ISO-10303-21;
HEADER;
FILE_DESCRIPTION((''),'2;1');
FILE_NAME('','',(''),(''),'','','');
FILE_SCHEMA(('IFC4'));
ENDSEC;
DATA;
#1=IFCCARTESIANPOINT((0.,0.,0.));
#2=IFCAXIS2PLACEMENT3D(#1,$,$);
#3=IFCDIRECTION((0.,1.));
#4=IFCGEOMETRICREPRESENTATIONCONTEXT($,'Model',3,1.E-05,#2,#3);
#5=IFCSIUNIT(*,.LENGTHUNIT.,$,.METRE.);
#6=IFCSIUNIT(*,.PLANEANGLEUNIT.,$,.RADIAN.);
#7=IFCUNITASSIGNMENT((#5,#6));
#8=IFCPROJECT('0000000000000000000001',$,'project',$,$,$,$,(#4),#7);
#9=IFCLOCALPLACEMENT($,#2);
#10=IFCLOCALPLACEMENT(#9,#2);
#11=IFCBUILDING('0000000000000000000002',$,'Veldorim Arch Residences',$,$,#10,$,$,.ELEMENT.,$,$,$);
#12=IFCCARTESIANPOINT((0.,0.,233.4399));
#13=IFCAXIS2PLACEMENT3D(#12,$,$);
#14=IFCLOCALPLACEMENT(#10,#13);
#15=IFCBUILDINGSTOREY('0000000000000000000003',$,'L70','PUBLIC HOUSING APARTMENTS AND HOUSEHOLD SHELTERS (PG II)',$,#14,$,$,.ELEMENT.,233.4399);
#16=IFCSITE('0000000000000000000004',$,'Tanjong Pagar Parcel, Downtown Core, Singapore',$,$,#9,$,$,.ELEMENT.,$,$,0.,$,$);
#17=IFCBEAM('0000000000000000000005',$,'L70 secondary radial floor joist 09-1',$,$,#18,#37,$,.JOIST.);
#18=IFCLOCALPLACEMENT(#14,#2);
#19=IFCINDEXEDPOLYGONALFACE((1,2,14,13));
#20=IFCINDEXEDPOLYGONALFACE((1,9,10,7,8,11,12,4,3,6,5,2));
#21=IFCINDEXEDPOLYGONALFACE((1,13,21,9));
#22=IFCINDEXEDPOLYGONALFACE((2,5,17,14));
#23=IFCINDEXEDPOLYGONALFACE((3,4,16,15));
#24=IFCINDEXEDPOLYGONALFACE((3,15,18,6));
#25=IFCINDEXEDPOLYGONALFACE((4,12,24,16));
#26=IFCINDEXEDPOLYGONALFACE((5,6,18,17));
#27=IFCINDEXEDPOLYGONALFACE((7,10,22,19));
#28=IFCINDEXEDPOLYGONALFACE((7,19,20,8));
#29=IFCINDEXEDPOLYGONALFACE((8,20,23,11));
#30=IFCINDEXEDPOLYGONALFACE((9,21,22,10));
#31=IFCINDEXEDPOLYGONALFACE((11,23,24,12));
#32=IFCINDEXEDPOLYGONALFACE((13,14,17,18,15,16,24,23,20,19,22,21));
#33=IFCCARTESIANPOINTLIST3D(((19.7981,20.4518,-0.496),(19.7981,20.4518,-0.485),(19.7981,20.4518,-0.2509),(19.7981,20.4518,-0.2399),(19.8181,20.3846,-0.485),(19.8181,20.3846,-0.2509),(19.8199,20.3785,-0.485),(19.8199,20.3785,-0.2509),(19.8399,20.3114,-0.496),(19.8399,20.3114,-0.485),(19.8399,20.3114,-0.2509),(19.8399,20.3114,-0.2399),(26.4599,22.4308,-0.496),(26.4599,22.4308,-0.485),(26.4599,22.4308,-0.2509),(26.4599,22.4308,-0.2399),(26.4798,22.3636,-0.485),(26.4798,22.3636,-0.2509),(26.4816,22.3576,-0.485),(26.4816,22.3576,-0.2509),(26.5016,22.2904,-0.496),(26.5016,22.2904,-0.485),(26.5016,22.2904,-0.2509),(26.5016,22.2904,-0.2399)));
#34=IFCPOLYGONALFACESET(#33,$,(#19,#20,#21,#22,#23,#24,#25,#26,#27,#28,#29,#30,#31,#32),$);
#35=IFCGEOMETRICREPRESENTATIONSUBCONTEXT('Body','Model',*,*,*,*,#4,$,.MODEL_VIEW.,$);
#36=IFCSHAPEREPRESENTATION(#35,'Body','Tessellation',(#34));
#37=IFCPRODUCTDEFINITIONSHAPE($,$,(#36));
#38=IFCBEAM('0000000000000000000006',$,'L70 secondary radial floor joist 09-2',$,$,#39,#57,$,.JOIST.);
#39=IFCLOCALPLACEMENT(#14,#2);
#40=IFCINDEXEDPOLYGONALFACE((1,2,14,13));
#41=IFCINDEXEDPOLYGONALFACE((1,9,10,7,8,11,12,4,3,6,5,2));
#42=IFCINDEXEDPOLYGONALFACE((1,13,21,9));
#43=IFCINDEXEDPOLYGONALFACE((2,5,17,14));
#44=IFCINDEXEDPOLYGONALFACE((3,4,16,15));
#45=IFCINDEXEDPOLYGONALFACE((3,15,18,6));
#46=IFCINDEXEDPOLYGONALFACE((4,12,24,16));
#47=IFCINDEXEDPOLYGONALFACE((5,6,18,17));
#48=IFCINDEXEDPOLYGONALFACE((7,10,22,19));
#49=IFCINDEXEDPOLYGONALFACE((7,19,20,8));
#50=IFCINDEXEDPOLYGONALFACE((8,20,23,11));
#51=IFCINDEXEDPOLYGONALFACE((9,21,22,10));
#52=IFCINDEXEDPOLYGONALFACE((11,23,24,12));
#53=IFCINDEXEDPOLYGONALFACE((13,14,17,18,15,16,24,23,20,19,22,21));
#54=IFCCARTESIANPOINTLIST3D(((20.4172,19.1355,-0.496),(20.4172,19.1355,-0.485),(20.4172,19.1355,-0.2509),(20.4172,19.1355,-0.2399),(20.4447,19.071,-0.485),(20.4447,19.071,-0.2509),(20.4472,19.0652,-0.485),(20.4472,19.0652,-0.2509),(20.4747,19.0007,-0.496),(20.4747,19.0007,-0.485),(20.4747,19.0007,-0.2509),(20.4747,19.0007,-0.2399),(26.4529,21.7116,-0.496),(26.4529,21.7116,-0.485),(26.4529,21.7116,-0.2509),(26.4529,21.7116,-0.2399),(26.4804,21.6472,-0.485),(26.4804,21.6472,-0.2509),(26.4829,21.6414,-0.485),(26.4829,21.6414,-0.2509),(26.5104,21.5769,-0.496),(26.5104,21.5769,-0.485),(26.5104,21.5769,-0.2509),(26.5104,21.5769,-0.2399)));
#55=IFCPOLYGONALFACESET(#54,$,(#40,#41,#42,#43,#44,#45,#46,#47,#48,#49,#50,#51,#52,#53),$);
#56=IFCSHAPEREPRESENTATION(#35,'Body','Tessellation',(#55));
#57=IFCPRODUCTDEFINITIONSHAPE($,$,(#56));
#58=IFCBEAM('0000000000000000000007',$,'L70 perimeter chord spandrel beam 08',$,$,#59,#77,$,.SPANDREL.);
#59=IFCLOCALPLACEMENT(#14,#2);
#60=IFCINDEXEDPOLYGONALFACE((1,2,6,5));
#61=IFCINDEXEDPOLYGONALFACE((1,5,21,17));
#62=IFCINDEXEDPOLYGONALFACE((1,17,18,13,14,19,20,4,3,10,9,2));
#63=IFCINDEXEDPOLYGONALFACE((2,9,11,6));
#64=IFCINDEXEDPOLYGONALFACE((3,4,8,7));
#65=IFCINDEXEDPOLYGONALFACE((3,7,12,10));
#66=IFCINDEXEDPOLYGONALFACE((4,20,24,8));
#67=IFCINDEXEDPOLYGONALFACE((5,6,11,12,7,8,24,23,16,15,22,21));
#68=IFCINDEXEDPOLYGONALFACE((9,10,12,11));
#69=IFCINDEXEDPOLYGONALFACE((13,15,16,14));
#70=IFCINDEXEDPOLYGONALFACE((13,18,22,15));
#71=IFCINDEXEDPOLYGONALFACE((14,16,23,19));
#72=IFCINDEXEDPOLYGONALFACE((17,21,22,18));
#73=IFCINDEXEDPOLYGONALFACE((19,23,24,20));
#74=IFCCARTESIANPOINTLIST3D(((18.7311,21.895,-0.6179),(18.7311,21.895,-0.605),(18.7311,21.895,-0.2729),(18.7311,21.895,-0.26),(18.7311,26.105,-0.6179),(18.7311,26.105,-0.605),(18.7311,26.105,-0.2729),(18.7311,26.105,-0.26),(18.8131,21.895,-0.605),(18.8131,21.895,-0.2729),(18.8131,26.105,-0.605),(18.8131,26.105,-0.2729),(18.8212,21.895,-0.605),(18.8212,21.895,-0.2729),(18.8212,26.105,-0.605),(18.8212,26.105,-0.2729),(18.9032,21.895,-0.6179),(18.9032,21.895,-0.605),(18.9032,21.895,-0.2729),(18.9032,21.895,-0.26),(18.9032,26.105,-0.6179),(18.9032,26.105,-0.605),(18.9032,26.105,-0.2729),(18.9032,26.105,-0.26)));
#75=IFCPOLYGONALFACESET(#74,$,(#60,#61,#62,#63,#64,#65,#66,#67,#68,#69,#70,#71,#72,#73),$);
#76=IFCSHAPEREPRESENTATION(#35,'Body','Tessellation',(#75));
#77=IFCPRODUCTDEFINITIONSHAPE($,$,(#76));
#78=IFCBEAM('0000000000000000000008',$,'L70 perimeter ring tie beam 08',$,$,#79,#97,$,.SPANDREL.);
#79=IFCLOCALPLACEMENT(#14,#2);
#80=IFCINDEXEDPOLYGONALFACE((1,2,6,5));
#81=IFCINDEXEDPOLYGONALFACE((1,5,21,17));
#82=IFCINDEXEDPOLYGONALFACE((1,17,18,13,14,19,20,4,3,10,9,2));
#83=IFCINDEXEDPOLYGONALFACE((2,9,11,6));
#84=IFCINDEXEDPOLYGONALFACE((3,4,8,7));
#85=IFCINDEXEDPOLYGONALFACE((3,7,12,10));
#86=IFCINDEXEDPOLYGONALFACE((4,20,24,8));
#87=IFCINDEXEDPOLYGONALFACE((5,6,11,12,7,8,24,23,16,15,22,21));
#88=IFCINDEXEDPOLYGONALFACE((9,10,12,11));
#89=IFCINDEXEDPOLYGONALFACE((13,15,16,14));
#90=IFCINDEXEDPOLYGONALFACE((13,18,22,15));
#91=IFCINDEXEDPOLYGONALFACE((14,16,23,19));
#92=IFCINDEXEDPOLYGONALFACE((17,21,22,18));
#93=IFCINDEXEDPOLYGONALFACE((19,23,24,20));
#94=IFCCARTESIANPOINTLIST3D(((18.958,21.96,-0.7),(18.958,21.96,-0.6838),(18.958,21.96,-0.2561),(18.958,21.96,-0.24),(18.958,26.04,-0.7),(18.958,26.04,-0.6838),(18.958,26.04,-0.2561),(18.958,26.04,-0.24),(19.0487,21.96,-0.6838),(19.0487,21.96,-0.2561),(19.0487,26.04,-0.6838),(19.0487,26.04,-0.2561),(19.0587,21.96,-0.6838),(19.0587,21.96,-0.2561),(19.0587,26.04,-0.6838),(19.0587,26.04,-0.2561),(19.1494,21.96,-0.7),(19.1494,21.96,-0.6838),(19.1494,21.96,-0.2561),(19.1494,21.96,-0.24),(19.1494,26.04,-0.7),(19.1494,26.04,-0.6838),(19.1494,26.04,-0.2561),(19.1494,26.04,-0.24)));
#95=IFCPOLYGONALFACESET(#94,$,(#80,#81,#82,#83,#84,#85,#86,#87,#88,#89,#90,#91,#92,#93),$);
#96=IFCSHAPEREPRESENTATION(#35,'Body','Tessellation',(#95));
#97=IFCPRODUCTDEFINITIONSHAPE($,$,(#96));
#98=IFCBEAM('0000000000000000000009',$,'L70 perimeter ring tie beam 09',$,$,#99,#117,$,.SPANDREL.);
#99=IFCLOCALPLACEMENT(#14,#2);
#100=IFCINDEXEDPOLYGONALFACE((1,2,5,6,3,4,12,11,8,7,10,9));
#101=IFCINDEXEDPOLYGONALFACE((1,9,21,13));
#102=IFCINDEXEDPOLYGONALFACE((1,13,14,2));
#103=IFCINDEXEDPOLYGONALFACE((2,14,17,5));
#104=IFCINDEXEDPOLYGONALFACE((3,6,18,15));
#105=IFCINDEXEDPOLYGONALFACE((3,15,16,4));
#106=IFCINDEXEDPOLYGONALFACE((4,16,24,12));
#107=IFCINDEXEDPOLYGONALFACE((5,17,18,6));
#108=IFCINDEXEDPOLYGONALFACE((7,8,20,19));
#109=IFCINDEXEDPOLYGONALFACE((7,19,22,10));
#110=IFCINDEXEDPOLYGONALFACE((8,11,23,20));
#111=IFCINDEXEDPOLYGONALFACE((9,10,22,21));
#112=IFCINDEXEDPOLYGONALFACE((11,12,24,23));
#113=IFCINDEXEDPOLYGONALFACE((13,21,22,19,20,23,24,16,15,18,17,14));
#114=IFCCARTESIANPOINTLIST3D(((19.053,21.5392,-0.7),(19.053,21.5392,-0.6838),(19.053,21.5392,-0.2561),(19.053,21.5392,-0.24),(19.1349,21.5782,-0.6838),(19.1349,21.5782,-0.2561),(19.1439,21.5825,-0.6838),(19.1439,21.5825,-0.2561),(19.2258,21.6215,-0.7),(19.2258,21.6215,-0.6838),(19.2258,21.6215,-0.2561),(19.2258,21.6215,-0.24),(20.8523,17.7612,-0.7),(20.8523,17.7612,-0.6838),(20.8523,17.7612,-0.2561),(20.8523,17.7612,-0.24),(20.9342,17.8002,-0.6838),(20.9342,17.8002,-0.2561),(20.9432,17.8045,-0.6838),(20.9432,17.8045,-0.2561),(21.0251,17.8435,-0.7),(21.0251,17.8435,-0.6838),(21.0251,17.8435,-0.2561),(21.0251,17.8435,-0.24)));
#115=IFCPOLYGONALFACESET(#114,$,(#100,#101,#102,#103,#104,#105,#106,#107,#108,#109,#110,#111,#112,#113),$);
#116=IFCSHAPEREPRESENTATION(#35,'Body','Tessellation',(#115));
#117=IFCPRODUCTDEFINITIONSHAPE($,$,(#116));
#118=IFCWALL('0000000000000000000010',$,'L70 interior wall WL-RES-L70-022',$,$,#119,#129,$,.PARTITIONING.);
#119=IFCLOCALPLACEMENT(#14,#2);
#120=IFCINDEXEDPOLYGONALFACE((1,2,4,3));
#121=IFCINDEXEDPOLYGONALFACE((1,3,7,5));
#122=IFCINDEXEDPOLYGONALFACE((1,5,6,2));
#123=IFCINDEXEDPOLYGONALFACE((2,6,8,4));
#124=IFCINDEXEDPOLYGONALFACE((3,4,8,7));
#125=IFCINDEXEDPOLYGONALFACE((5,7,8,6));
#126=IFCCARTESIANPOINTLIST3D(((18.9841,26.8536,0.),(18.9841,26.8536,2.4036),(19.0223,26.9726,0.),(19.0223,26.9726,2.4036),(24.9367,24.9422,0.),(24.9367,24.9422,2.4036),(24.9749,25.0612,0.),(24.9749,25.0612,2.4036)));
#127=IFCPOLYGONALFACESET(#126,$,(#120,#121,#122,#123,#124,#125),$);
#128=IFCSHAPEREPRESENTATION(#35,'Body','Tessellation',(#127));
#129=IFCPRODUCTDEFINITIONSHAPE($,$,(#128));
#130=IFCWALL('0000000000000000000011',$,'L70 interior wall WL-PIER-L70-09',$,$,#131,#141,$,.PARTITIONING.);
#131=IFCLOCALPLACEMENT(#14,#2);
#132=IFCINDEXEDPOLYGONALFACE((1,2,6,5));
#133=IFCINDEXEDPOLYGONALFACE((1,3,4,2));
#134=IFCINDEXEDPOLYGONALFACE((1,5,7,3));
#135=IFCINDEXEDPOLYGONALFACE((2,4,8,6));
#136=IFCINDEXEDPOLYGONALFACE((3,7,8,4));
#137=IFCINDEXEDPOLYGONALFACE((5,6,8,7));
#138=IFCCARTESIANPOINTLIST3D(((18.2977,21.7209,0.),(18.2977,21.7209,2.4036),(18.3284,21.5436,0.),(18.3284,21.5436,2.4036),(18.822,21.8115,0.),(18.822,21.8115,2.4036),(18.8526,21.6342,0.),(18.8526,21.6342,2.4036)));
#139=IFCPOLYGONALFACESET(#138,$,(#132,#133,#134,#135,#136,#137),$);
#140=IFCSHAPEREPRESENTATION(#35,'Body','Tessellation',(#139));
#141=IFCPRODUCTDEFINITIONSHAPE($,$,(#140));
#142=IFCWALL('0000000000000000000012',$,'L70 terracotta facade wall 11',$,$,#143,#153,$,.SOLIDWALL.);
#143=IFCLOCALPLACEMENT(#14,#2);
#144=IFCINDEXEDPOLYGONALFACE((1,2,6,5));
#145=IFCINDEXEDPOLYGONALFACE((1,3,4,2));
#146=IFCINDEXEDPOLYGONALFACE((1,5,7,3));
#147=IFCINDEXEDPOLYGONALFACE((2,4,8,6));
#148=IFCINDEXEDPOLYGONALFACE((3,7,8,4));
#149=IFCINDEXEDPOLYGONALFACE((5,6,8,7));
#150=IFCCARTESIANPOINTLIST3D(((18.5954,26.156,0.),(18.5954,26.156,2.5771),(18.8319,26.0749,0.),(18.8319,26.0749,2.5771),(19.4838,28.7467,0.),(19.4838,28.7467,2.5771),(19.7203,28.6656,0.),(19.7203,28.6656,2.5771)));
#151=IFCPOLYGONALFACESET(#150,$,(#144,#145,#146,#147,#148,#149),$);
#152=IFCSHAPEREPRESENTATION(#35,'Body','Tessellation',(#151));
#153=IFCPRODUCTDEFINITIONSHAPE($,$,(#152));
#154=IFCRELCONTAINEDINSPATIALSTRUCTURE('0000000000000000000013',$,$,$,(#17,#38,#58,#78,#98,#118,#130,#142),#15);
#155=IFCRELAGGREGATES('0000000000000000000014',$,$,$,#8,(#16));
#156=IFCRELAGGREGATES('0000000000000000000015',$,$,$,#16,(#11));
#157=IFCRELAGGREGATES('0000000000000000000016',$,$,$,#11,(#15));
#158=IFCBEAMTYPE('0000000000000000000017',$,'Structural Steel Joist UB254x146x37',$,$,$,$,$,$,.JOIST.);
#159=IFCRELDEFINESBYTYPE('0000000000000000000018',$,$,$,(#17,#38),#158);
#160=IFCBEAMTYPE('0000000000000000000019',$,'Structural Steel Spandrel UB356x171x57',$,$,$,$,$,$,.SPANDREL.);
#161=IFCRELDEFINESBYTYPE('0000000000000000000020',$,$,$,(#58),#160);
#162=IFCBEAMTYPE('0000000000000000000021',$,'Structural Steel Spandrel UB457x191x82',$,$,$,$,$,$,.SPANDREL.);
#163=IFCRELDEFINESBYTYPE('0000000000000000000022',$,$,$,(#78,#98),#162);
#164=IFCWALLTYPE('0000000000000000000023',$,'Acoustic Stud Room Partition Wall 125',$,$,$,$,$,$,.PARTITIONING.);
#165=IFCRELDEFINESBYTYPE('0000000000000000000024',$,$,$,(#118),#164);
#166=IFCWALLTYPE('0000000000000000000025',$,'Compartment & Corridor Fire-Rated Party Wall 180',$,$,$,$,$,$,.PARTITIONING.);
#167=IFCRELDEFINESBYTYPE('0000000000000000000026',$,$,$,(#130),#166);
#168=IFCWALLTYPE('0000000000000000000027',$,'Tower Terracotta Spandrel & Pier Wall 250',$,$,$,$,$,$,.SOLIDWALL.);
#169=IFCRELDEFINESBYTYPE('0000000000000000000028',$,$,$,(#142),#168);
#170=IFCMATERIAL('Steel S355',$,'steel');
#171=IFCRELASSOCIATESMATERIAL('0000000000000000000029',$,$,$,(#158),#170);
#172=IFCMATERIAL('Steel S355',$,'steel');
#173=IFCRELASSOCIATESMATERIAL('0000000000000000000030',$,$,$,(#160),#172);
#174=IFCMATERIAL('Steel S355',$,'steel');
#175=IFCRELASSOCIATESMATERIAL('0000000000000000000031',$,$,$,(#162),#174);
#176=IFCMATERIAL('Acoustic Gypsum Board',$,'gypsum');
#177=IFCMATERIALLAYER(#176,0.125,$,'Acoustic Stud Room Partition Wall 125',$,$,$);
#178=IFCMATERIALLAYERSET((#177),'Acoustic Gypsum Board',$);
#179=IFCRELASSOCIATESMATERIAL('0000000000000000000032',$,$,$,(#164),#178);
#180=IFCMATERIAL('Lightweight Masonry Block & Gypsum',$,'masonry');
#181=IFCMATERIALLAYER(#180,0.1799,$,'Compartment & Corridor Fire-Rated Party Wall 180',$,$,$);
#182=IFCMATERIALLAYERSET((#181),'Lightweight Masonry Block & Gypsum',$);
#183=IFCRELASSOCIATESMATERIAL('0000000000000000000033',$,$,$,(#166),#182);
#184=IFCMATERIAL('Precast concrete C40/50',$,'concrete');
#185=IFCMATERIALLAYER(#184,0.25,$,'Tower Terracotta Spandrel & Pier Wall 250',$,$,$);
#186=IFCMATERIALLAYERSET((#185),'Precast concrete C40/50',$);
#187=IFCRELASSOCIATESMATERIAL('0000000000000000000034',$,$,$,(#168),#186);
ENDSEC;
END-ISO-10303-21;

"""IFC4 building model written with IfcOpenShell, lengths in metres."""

from ifc_helpers import new_model, si_unit, direction, frame, frame_2d, origin, origin_2d, place, context, subcontext, project, spatial, rectangle, i_section, extrude, material, layer, layer_set, material_profile, profile_set, type_object, element, save


model = new_model("IFC4")

# Units and contexts
model_context = context("Model", 3, precision=1e-05, world=origin(), true_north=direction((0.0, 1.0)))
body_context = subcontext(model_context, "Body", "Model", "MODEL_VIEW")
ifc_project = project(units=[si_unit("LENGTHUNIT", "METRE"), si_unit("PLANEANGLEUNIT", "RADIAN")], contexts=[model_context])

# Site, building, storey
site_placement = place(None, origin())
site = spatial("IfcSite", under=ifc_project, at=site_placement, Name="Tanjong Pagar Parcel, Downtown Core, Singapore", CompositionType="ELEMENT", RefElevation=0.0)
building_placement = place(site_placement, origin())
building = spatial("IfcBuilding", under=site, at=building_placement, Name="Veldorim Arch Residences", CompositionType="ELEMENT")
storey_placement = place(building_placement, frame((0.0, 0.0, 233.4399)))
storey = spatial("IfcBuildingStorey", under=building, at=storey_placement, Name="L70", Description="PUBLIC HOUSING APARTMENTS AND HOUSEHOLD SHELTERS (PG II)", CompositionType="ELEMENT", Elevation=233.4399)

# Beams
ifc_material_1 = material(Name="Steel S355", Category="steel")
ifc_material_profile_1 = material_profile(ifc_material_1, i_section(OverallWidth=0.1465, OverallDepth=0.2561, WebThickness=0.0063, FlangeThickness=0.011, at=origin_2d()), Name="UB254x146x37")
ifc_profile_set_1 = profile_set([ifc_material_profile_1], Name="Steel S355")
beam_type_1 = type_object("IfcBeamType", Name="Structural Steel Joist UB254x146x37", PredefinedType="JOIST", material=ifc_profile_set_1)
beam_1_placement = place(storey_placement, frame((26.4807, 22.3606, -0.3679), z_axis=(-0.958594, -0.284775, 0.0), x_axis=(0.284775, -0.958594, 0.0)))
element("IfcBeam", 1, at=beam_1_placement, inside=storey, type_object=beam_type_1, Name="L70 secondary radial floor joist 09-1", PredefinedType="JOIST", context=body_context, shape_type="SweptSolid", body=[
    extrude(i_section(OverallWidth=0.1465, OverallDepth=0.2561, WebThickness=0.0063, FlangeThickness=0.011, at=origin_2d()), origin(), (0.0, 0.0, 1.0), 6.9495),
])
beam_2_placement = place(storey_placement, frame((26.4817, 21.6443, -0.3679), z_axis=(-0.919725, -0.392563, 0.0), x_axis=(0.392563, -0.919725, 0.0)))
element("IfcBeam", 2, at=beam_2_placement, inside=storey, type_object=beam_type_1, Name="L70 secondary radial floor joist 09-2", PredefinedType="JOIST", context=body_context, shape_type="SweptSolid", body=[
    extrude(i_section(OverallWidth=0.1465, OverallDepth=0.2561, WebThickness=0.0063, FlangeThickness=0.011, at=origin_2d()), origin(), (0.0, 0.0, 1.0), 6.5625),
])
ifc_material_2 = material(Name="Steel S355", Category="steel")
ifc_material_profile_2 = material_profile(ifc_material_2, i_section(OverallWidth=0.1721, OverallDepth=0.3579, WebThickness=0.0081, FlangeThickness=0.0129, at=origin_2d()), Name="UB356x171x57")
ifc_profile_set_2 = profile_set([ifc_material_profile_2], Name="Steel S355")
beam_type_2 = type_object("IfcBeamType", Name="Structural Steel Spandrel UB356x171x57", PredefinedType="SPANDREL", material=ifc_profile_set_2)
beam_3_placement = place(storey_placement, frame((18.8171, 26.105, -0.439), z_axis=(0.0, -1.0, 0.0), x_axis=(1.0, 0.0, 0.0)))
element("IfcBeam", 3, at=beam_3_placement, inside=storey, type_object=beam_type_2, Name="L70 perimeter chord spandrel beam 08", PredefinedType="SPANDREL", context=body_context, shape_type="SweptSolid", body=[
    extrude(i_section(OverallWidth=0.1721, OverallDepth=0.3579, WebThickness=0.0081, FlangeThickness=0.0129, at=origin_2d()), origin(), (0.0, 0.0, 1.0), 4.21),
])
ifc_material_3 = material(Name="Steel S355", Category="steel")
ifc_material_profile_3 = material_profile(ifc_material_3, i_section(OverallWidth=0.1914, OverallDepth=0.46, WebThickness=0.01, FlangeThickness=0.0161, at=origin_2d()), Name="UB457x191x82")
ifc_profile_set_3 = profile_set([ifc_material_profile_3], Name="Steel S355")
beam_type_3 = type_object("IfcBeamType", Name="Structural Steel Spandrel UB457x191x82", PredefinedType="SPANDREL", material=ifc_profile_set_3)
beam_4_placement = place(storey_placement, frame((19.0537, 26.04, -0.47), z_axis=(0.0, -1.0, 0.0), x_axis=(1.0, 0.0, 0.0)))
element("IfcBeam", 4, at=beam_4_placement, inside=storey, type_object=beam_type_3, Name="L70 perimeter ring tie beam 08", PredefinedType="SPANDREL", context=body_context, shape_type="SweptSolid", body=[
    extrude(i_section(OverallWidth=0.1914, OverallDepth=0.46, WebThickness=0.01, FlangeThickness=0.0161, at=origin_2d()), origin(), (0.0, 0.0, 1.0), 4.0801),
])
beam_5_placement = place(storey_placement, frame((19.1394, 21.5803, -0.47), z_axis=(0.429979, -0.902839, 0.0), x_axis=(0.902839, 0.429979, 0.0)))
element("IfcBeam", 5, at=beam_5_placement, inside=storey, type_object=beam_type_3, Name="L70 perimeter ring tie beam 09", PredefinedType="SPANDREL", context=body_context, shape_type="SweptSolid", body=[
    extrude(i_section(OverallWidth=0.1914, OverallDepth=0.46, WebThickness=0.01, FlangeThickness=0.0161, at=origin_2d()), origin(), (0.0, 0.0, 1.0), 4.1846),
])

# Walls
ifc_material_4 = material(Name="Acoustic Gypsum Board", Category="gypsum")
ifc_layer_1 = layer(ifc_material_4, 0.125, Name="Acoustic Stud Room Partition Wall 125")
ifc_layer_set_1 = layer_set([ifc_layer_1], Name="Acoustic Gypsum Board")
wall_type_1 = type_object("IfcWallType", Name="Acoustic Stud Room Partition Wall 125", PredefinedType="PARTITIONING", material=ifc_layer_set_1)
wall_1_placement = place(storey_placement, frame((19.0032, 26.9131, 0.0), z_axis=(0.0, 0.0, 1.0), x_axis=(0.95212, -0.305723, 0.0)))
element("IfcWall", 6, at=wall_1_placement, inside=storey, type_object=wall_type_1, Name="L70 interior wall WL-RES-L70-022", PredefinedType="PARTITIONING", context=body_context, shape_type="SweptSolid", body=[
    extrude(rectangle(XDim=6.252, YDim=0.125, at=frame_2d((3.126, 0.0))), origin(), (0.0, 0.0, 1.0), 2.4036),
])
ifc_material_5 = material(Name="Lightweight Masonry Block & Gypsum", Category="masonry")
ifc_layer_2 = layer(ifc_material_5, 0.1799, Name="Compartment & Corridor Fire-Rated Party Wall 180")
ifc_layer_set_2 = layer_set([ifc_layer_2], Name="Lightweight Masonry Block & Gypsum")
wall_type_2 = type_object("IfcWallType", Name="Compartment & Corridor Fire-Rated Party Wall 180", PredefinedType="PARTITIONING", material=ifc_layer_set_2)
wall_2_placement = place(storey_placement, frame((18.8374, 21.7229, 0.0), z_axis=(0.0, 0.0, 1.0), x_axis=(-0.985396, -0.170276, 0.0)))
element("IfcWall", 7, at=wall_2_placement, inside=storey, type_object=wall_type_2, Name="L70 interior wall WL-PIER-L70-09", PredefinedType="PARTITIONING", context=body_context, shape_type="SweptSolid", body=[
    extrude(rectangle(XDim=0.532, YDim=0.1799, at=frame_2d((0.2661, 0.0))), origin(), (0.0, 0.0, 1.0), 2.4036),
])
ifc_material_6 = material(Name="Precast concrete C40/50", Category="concrete")
ifc_layer_3 = layer(ifc_material_6, 0.25, Name="Tower Terracotta Spandrel & Pier Wall 250")
ifc_layer_set_3 = layer_set([ifc_layer_3], Name="Precast concrete C40/50")
wall_type_3 = type_object("IfcWallType", Name="Tower Terracotta Spandrel & Pier Wall 250", PredefinedType="SOLIDWALL", material=ifc_layer_set_3)
wall_3_placement = place(storey_placement, frame((18.7136, 26.1155, 0.0), z_axis=(0.0, 0.0, 1.0), x_axis=(0.3244, 0.94592, 0.0)))
element("IfcWall", 8, at=wall_3_placement, inside=storey, type_object=wall_type_3, Name="L70 terracotta facade wall 11", PredefinedType="SOLIDWALL", context=body_context, shape_type="SweptSolid", body=[
    extrude(rectangle(XDim=2.7388, YDim=0.25, at=frame_2d((1.3694, 0.0))), origin(), (0.0, 0.0, 1.0), 2.5771),
])

save(model, "model.ifc")
